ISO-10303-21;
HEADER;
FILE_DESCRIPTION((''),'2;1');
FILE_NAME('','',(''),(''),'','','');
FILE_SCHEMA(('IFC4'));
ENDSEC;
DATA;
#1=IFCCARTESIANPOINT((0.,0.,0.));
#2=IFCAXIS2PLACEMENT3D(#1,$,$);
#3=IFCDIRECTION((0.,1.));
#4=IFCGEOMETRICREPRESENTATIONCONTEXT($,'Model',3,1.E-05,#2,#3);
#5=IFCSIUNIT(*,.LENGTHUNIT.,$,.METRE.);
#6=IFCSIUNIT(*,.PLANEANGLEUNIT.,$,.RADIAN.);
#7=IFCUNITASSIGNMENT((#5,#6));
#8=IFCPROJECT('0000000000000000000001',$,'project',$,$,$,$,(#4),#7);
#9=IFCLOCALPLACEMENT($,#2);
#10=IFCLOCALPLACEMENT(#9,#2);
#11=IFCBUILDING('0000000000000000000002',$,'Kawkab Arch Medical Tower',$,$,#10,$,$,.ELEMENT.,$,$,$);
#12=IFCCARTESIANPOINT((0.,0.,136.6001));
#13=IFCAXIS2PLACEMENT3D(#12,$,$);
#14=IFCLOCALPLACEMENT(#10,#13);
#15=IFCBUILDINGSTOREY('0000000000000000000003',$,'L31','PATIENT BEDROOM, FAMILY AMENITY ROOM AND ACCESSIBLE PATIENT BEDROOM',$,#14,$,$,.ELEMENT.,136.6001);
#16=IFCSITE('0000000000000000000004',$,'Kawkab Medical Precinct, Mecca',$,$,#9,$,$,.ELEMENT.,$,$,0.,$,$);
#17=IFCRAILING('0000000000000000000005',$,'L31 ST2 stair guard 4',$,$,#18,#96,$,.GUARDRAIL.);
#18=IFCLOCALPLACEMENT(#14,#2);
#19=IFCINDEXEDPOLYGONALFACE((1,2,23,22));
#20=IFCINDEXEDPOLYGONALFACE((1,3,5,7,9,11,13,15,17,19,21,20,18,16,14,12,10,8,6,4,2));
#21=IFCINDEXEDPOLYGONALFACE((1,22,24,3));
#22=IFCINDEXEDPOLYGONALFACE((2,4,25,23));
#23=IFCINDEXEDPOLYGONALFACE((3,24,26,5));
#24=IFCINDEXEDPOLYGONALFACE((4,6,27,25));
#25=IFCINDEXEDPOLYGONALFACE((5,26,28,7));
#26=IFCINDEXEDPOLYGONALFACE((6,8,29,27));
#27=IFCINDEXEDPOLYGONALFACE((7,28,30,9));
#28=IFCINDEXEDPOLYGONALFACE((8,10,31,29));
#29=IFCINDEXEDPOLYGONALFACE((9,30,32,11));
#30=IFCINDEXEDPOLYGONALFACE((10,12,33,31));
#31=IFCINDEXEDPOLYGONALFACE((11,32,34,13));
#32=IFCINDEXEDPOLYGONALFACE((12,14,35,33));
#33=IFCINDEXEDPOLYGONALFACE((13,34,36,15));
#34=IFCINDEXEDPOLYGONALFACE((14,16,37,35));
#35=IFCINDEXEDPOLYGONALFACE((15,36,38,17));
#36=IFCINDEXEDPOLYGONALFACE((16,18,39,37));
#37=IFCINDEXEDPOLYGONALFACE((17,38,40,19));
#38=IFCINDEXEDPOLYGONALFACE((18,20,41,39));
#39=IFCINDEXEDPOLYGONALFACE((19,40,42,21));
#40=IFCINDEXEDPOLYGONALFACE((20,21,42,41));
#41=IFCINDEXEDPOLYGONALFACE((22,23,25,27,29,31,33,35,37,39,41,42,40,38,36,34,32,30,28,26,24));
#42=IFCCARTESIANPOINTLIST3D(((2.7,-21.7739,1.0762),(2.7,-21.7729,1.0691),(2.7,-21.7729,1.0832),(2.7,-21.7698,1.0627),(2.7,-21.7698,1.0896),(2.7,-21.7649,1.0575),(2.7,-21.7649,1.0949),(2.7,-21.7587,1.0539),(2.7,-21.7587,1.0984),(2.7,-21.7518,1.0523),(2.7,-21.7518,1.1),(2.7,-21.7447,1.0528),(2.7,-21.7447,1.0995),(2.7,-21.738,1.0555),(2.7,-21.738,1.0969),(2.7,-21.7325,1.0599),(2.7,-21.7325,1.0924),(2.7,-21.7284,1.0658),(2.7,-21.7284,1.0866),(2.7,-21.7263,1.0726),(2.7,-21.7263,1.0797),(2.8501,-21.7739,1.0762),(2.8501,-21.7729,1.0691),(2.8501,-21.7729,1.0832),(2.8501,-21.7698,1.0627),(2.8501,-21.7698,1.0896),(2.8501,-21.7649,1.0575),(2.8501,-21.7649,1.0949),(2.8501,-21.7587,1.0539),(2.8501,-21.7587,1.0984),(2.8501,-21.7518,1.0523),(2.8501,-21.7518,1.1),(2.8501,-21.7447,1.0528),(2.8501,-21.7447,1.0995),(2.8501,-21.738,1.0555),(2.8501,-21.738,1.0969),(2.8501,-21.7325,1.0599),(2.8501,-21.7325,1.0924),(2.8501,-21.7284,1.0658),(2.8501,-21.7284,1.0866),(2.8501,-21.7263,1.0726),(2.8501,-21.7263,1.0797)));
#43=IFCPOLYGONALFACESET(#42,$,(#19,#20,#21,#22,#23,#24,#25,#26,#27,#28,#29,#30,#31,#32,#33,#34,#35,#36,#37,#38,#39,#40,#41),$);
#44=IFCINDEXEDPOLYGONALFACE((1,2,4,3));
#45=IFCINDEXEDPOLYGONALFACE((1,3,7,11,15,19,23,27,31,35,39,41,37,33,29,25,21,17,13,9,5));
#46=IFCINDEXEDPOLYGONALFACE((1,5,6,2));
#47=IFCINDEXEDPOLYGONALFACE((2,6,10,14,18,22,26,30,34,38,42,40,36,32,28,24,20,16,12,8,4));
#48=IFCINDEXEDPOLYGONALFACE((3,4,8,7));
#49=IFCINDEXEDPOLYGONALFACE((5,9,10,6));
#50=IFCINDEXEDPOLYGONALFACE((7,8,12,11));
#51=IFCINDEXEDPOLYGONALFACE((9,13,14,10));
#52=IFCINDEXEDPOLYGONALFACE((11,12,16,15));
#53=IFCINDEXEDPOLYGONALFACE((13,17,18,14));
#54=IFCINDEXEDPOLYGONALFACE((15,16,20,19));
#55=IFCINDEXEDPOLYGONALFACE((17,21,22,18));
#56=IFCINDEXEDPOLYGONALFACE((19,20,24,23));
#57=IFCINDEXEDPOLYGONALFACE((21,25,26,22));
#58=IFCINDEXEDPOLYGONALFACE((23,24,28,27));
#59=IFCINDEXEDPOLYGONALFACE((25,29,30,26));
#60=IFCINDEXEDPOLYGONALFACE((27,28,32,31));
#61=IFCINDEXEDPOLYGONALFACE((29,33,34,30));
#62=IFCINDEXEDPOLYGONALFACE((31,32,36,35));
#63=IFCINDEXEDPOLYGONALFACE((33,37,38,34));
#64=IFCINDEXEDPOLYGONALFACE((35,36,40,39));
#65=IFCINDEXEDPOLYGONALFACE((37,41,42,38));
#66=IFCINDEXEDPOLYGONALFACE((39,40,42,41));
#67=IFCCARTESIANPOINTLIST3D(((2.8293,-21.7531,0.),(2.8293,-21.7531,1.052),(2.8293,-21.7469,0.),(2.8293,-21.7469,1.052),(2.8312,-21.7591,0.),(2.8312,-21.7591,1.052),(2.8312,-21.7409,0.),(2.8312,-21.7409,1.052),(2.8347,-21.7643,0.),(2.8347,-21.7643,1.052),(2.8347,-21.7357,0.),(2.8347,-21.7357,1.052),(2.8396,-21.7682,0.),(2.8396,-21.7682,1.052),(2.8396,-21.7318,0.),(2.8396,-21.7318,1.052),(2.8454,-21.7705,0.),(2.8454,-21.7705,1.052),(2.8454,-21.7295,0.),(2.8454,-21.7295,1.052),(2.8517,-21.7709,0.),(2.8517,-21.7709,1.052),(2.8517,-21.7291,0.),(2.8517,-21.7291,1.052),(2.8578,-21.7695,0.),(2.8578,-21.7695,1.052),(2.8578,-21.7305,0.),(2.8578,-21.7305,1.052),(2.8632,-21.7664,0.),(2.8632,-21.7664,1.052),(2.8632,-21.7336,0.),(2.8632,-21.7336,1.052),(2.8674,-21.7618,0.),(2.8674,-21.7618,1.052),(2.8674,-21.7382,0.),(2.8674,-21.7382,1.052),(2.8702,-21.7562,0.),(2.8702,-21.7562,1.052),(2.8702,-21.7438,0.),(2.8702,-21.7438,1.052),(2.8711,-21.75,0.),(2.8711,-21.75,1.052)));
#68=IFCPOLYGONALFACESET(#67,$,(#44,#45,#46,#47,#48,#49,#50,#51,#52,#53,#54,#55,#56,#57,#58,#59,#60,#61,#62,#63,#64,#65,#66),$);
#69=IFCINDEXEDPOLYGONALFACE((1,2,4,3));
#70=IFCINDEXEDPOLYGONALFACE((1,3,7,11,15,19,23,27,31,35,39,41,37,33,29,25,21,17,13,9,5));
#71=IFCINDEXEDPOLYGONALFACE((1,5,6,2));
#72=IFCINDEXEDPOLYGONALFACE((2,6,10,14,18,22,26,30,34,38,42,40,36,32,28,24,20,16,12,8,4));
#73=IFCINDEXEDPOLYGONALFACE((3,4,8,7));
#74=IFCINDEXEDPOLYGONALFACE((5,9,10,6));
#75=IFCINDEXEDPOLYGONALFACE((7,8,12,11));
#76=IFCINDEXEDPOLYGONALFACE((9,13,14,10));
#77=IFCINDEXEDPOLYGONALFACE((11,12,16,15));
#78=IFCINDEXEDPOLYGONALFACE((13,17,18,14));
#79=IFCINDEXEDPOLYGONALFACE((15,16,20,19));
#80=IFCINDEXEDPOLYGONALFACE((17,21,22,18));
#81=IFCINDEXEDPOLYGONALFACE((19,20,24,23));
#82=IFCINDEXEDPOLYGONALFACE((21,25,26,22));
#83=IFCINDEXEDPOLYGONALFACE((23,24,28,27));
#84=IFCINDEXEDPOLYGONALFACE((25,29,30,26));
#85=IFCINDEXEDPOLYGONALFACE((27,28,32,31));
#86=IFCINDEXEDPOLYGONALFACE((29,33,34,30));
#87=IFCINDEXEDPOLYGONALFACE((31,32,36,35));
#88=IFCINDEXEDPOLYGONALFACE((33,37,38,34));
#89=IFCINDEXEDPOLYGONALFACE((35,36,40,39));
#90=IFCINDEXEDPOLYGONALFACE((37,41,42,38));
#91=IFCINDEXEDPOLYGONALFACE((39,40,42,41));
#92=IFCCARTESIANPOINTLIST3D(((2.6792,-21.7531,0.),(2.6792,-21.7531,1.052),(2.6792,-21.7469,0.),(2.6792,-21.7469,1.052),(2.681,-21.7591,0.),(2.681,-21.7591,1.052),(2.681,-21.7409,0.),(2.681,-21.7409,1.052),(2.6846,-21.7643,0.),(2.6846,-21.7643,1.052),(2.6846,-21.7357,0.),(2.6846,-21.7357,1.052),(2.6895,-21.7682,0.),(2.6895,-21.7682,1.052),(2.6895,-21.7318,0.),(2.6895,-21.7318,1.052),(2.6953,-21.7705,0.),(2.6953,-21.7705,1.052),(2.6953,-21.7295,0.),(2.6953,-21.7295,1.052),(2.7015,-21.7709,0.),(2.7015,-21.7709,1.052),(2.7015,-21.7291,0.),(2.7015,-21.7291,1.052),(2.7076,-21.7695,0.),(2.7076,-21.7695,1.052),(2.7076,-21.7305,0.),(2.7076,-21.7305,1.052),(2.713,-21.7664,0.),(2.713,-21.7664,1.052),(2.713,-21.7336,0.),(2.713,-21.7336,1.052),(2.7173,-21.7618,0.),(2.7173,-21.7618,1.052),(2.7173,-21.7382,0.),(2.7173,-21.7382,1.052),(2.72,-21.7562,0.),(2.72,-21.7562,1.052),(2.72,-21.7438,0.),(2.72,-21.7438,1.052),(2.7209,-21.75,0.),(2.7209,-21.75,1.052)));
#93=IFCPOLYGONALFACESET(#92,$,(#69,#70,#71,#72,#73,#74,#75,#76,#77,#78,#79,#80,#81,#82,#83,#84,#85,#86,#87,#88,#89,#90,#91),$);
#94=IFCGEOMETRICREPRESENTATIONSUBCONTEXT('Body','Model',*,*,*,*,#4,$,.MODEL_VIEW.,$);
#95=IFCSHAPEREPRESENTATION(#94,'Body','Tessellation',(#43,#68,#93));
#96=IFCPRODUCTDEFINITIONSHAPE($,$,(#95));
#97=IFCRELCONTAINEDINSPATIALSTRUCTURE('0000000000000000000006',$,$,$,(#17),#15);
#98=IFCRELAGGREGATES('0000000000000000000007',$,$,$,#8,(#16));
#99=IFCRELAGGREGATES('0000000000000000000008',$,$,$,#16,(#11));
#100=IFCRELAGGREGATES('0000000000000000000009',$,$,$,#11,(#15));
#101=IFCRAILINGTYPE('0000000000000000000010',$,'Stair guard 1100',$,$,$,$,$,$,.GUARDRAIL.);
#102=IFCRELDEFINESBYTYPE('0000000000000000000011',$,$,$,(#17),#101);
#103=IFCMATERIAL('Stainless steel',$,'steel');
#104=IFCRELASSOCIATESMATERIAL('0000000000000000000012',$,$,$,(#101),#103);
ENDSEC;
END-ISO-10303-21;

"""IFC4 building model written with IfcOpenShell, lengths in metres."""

from ifc_helpers import new_model, si_unit, direction, frame, origin, origin_2d, place, context, subcontext, project, spatial, circle, extrude, material, type_object, element, save


model = new_model("IFC4")

# Units and contexts
model_context = context("Model", 3, precision=1e-05, world=origin(), true_north=direction((0.0, 1.0)))
body_context = subcontext(model_context, "Body", "Model", "MODEL_VIEW")
ifc_project = project(units=[si_unit("LENGTHUNIT", "METRE"), si_unit("PLANEANGLEUNIT", "RADIAN")], contexts=[model_context])

# Site, building, storey
site_placement = place(None, origin())
site = spatial("IfcSite", under=ifc_project, at=site_placement, Name="Kawkab Medical Precinct, Mecca", CompositionType="ELEMENT", RefElevation=0.0)
building_placement = place(site_placement, origin())
building = spatial("IfcBuilding", under=site, at=building_placement, Name="Kawkab Arch Medical Tower", CompositionType="ELEMENT")
storey_placement = place(building_placement, frame((0.0, 0.0, 136.6001)))
storey = spatial("IfcBuildingStorey", under=building, at=storey_placement, Name="L31", Description="PATIENT BEDROOM, FAMILY AMENITY ROOM AND ACCESSIBLE PATIENT BEDROOM", CompositionType="ELEMENT", Elevation=136.6001)

# Railing
ifc_material_1 = material(Name="Stainless steel", Category="steel")
railing_type = type_object("IfcRailingType", Name="Stair guard 1100", PredefinedType="GUARDRAIL", material=ifc_material_1)
railing_1_placement = place(storey_placement, frame((2.8501, -21.75, 0.0)))
element("IfcRailing", 1, at=railing_1_placement, inside=storey, type_object=railing_type, Name="L31 ST2 stair guard 4", PredefinedType="GUARDRAIL", context=body_context, shape_type="SweptSolid", body=[
    extrude(circle(Radius=0.0239, at=origin_2d()), frame((0.0, 0.0, 1.0762), z_axis=(-1.0, 0.0, 0.0), x_axis=(0.0, -1.0, 0.0)), (0.0, 0.0, 1.0), 0.1501),
    extrude(circle(Radius=0.021, at=origin_2d()), origin(), (0.0, 0.0, 1.0), 1.052),
    extrude(circle(Radius=0.021, at=origin_2d()), frame((-0.1501, 0.0, 0.0)), (0.0, 0.0, 1.0), 1.052),
])

save(model, "model.ifc")
